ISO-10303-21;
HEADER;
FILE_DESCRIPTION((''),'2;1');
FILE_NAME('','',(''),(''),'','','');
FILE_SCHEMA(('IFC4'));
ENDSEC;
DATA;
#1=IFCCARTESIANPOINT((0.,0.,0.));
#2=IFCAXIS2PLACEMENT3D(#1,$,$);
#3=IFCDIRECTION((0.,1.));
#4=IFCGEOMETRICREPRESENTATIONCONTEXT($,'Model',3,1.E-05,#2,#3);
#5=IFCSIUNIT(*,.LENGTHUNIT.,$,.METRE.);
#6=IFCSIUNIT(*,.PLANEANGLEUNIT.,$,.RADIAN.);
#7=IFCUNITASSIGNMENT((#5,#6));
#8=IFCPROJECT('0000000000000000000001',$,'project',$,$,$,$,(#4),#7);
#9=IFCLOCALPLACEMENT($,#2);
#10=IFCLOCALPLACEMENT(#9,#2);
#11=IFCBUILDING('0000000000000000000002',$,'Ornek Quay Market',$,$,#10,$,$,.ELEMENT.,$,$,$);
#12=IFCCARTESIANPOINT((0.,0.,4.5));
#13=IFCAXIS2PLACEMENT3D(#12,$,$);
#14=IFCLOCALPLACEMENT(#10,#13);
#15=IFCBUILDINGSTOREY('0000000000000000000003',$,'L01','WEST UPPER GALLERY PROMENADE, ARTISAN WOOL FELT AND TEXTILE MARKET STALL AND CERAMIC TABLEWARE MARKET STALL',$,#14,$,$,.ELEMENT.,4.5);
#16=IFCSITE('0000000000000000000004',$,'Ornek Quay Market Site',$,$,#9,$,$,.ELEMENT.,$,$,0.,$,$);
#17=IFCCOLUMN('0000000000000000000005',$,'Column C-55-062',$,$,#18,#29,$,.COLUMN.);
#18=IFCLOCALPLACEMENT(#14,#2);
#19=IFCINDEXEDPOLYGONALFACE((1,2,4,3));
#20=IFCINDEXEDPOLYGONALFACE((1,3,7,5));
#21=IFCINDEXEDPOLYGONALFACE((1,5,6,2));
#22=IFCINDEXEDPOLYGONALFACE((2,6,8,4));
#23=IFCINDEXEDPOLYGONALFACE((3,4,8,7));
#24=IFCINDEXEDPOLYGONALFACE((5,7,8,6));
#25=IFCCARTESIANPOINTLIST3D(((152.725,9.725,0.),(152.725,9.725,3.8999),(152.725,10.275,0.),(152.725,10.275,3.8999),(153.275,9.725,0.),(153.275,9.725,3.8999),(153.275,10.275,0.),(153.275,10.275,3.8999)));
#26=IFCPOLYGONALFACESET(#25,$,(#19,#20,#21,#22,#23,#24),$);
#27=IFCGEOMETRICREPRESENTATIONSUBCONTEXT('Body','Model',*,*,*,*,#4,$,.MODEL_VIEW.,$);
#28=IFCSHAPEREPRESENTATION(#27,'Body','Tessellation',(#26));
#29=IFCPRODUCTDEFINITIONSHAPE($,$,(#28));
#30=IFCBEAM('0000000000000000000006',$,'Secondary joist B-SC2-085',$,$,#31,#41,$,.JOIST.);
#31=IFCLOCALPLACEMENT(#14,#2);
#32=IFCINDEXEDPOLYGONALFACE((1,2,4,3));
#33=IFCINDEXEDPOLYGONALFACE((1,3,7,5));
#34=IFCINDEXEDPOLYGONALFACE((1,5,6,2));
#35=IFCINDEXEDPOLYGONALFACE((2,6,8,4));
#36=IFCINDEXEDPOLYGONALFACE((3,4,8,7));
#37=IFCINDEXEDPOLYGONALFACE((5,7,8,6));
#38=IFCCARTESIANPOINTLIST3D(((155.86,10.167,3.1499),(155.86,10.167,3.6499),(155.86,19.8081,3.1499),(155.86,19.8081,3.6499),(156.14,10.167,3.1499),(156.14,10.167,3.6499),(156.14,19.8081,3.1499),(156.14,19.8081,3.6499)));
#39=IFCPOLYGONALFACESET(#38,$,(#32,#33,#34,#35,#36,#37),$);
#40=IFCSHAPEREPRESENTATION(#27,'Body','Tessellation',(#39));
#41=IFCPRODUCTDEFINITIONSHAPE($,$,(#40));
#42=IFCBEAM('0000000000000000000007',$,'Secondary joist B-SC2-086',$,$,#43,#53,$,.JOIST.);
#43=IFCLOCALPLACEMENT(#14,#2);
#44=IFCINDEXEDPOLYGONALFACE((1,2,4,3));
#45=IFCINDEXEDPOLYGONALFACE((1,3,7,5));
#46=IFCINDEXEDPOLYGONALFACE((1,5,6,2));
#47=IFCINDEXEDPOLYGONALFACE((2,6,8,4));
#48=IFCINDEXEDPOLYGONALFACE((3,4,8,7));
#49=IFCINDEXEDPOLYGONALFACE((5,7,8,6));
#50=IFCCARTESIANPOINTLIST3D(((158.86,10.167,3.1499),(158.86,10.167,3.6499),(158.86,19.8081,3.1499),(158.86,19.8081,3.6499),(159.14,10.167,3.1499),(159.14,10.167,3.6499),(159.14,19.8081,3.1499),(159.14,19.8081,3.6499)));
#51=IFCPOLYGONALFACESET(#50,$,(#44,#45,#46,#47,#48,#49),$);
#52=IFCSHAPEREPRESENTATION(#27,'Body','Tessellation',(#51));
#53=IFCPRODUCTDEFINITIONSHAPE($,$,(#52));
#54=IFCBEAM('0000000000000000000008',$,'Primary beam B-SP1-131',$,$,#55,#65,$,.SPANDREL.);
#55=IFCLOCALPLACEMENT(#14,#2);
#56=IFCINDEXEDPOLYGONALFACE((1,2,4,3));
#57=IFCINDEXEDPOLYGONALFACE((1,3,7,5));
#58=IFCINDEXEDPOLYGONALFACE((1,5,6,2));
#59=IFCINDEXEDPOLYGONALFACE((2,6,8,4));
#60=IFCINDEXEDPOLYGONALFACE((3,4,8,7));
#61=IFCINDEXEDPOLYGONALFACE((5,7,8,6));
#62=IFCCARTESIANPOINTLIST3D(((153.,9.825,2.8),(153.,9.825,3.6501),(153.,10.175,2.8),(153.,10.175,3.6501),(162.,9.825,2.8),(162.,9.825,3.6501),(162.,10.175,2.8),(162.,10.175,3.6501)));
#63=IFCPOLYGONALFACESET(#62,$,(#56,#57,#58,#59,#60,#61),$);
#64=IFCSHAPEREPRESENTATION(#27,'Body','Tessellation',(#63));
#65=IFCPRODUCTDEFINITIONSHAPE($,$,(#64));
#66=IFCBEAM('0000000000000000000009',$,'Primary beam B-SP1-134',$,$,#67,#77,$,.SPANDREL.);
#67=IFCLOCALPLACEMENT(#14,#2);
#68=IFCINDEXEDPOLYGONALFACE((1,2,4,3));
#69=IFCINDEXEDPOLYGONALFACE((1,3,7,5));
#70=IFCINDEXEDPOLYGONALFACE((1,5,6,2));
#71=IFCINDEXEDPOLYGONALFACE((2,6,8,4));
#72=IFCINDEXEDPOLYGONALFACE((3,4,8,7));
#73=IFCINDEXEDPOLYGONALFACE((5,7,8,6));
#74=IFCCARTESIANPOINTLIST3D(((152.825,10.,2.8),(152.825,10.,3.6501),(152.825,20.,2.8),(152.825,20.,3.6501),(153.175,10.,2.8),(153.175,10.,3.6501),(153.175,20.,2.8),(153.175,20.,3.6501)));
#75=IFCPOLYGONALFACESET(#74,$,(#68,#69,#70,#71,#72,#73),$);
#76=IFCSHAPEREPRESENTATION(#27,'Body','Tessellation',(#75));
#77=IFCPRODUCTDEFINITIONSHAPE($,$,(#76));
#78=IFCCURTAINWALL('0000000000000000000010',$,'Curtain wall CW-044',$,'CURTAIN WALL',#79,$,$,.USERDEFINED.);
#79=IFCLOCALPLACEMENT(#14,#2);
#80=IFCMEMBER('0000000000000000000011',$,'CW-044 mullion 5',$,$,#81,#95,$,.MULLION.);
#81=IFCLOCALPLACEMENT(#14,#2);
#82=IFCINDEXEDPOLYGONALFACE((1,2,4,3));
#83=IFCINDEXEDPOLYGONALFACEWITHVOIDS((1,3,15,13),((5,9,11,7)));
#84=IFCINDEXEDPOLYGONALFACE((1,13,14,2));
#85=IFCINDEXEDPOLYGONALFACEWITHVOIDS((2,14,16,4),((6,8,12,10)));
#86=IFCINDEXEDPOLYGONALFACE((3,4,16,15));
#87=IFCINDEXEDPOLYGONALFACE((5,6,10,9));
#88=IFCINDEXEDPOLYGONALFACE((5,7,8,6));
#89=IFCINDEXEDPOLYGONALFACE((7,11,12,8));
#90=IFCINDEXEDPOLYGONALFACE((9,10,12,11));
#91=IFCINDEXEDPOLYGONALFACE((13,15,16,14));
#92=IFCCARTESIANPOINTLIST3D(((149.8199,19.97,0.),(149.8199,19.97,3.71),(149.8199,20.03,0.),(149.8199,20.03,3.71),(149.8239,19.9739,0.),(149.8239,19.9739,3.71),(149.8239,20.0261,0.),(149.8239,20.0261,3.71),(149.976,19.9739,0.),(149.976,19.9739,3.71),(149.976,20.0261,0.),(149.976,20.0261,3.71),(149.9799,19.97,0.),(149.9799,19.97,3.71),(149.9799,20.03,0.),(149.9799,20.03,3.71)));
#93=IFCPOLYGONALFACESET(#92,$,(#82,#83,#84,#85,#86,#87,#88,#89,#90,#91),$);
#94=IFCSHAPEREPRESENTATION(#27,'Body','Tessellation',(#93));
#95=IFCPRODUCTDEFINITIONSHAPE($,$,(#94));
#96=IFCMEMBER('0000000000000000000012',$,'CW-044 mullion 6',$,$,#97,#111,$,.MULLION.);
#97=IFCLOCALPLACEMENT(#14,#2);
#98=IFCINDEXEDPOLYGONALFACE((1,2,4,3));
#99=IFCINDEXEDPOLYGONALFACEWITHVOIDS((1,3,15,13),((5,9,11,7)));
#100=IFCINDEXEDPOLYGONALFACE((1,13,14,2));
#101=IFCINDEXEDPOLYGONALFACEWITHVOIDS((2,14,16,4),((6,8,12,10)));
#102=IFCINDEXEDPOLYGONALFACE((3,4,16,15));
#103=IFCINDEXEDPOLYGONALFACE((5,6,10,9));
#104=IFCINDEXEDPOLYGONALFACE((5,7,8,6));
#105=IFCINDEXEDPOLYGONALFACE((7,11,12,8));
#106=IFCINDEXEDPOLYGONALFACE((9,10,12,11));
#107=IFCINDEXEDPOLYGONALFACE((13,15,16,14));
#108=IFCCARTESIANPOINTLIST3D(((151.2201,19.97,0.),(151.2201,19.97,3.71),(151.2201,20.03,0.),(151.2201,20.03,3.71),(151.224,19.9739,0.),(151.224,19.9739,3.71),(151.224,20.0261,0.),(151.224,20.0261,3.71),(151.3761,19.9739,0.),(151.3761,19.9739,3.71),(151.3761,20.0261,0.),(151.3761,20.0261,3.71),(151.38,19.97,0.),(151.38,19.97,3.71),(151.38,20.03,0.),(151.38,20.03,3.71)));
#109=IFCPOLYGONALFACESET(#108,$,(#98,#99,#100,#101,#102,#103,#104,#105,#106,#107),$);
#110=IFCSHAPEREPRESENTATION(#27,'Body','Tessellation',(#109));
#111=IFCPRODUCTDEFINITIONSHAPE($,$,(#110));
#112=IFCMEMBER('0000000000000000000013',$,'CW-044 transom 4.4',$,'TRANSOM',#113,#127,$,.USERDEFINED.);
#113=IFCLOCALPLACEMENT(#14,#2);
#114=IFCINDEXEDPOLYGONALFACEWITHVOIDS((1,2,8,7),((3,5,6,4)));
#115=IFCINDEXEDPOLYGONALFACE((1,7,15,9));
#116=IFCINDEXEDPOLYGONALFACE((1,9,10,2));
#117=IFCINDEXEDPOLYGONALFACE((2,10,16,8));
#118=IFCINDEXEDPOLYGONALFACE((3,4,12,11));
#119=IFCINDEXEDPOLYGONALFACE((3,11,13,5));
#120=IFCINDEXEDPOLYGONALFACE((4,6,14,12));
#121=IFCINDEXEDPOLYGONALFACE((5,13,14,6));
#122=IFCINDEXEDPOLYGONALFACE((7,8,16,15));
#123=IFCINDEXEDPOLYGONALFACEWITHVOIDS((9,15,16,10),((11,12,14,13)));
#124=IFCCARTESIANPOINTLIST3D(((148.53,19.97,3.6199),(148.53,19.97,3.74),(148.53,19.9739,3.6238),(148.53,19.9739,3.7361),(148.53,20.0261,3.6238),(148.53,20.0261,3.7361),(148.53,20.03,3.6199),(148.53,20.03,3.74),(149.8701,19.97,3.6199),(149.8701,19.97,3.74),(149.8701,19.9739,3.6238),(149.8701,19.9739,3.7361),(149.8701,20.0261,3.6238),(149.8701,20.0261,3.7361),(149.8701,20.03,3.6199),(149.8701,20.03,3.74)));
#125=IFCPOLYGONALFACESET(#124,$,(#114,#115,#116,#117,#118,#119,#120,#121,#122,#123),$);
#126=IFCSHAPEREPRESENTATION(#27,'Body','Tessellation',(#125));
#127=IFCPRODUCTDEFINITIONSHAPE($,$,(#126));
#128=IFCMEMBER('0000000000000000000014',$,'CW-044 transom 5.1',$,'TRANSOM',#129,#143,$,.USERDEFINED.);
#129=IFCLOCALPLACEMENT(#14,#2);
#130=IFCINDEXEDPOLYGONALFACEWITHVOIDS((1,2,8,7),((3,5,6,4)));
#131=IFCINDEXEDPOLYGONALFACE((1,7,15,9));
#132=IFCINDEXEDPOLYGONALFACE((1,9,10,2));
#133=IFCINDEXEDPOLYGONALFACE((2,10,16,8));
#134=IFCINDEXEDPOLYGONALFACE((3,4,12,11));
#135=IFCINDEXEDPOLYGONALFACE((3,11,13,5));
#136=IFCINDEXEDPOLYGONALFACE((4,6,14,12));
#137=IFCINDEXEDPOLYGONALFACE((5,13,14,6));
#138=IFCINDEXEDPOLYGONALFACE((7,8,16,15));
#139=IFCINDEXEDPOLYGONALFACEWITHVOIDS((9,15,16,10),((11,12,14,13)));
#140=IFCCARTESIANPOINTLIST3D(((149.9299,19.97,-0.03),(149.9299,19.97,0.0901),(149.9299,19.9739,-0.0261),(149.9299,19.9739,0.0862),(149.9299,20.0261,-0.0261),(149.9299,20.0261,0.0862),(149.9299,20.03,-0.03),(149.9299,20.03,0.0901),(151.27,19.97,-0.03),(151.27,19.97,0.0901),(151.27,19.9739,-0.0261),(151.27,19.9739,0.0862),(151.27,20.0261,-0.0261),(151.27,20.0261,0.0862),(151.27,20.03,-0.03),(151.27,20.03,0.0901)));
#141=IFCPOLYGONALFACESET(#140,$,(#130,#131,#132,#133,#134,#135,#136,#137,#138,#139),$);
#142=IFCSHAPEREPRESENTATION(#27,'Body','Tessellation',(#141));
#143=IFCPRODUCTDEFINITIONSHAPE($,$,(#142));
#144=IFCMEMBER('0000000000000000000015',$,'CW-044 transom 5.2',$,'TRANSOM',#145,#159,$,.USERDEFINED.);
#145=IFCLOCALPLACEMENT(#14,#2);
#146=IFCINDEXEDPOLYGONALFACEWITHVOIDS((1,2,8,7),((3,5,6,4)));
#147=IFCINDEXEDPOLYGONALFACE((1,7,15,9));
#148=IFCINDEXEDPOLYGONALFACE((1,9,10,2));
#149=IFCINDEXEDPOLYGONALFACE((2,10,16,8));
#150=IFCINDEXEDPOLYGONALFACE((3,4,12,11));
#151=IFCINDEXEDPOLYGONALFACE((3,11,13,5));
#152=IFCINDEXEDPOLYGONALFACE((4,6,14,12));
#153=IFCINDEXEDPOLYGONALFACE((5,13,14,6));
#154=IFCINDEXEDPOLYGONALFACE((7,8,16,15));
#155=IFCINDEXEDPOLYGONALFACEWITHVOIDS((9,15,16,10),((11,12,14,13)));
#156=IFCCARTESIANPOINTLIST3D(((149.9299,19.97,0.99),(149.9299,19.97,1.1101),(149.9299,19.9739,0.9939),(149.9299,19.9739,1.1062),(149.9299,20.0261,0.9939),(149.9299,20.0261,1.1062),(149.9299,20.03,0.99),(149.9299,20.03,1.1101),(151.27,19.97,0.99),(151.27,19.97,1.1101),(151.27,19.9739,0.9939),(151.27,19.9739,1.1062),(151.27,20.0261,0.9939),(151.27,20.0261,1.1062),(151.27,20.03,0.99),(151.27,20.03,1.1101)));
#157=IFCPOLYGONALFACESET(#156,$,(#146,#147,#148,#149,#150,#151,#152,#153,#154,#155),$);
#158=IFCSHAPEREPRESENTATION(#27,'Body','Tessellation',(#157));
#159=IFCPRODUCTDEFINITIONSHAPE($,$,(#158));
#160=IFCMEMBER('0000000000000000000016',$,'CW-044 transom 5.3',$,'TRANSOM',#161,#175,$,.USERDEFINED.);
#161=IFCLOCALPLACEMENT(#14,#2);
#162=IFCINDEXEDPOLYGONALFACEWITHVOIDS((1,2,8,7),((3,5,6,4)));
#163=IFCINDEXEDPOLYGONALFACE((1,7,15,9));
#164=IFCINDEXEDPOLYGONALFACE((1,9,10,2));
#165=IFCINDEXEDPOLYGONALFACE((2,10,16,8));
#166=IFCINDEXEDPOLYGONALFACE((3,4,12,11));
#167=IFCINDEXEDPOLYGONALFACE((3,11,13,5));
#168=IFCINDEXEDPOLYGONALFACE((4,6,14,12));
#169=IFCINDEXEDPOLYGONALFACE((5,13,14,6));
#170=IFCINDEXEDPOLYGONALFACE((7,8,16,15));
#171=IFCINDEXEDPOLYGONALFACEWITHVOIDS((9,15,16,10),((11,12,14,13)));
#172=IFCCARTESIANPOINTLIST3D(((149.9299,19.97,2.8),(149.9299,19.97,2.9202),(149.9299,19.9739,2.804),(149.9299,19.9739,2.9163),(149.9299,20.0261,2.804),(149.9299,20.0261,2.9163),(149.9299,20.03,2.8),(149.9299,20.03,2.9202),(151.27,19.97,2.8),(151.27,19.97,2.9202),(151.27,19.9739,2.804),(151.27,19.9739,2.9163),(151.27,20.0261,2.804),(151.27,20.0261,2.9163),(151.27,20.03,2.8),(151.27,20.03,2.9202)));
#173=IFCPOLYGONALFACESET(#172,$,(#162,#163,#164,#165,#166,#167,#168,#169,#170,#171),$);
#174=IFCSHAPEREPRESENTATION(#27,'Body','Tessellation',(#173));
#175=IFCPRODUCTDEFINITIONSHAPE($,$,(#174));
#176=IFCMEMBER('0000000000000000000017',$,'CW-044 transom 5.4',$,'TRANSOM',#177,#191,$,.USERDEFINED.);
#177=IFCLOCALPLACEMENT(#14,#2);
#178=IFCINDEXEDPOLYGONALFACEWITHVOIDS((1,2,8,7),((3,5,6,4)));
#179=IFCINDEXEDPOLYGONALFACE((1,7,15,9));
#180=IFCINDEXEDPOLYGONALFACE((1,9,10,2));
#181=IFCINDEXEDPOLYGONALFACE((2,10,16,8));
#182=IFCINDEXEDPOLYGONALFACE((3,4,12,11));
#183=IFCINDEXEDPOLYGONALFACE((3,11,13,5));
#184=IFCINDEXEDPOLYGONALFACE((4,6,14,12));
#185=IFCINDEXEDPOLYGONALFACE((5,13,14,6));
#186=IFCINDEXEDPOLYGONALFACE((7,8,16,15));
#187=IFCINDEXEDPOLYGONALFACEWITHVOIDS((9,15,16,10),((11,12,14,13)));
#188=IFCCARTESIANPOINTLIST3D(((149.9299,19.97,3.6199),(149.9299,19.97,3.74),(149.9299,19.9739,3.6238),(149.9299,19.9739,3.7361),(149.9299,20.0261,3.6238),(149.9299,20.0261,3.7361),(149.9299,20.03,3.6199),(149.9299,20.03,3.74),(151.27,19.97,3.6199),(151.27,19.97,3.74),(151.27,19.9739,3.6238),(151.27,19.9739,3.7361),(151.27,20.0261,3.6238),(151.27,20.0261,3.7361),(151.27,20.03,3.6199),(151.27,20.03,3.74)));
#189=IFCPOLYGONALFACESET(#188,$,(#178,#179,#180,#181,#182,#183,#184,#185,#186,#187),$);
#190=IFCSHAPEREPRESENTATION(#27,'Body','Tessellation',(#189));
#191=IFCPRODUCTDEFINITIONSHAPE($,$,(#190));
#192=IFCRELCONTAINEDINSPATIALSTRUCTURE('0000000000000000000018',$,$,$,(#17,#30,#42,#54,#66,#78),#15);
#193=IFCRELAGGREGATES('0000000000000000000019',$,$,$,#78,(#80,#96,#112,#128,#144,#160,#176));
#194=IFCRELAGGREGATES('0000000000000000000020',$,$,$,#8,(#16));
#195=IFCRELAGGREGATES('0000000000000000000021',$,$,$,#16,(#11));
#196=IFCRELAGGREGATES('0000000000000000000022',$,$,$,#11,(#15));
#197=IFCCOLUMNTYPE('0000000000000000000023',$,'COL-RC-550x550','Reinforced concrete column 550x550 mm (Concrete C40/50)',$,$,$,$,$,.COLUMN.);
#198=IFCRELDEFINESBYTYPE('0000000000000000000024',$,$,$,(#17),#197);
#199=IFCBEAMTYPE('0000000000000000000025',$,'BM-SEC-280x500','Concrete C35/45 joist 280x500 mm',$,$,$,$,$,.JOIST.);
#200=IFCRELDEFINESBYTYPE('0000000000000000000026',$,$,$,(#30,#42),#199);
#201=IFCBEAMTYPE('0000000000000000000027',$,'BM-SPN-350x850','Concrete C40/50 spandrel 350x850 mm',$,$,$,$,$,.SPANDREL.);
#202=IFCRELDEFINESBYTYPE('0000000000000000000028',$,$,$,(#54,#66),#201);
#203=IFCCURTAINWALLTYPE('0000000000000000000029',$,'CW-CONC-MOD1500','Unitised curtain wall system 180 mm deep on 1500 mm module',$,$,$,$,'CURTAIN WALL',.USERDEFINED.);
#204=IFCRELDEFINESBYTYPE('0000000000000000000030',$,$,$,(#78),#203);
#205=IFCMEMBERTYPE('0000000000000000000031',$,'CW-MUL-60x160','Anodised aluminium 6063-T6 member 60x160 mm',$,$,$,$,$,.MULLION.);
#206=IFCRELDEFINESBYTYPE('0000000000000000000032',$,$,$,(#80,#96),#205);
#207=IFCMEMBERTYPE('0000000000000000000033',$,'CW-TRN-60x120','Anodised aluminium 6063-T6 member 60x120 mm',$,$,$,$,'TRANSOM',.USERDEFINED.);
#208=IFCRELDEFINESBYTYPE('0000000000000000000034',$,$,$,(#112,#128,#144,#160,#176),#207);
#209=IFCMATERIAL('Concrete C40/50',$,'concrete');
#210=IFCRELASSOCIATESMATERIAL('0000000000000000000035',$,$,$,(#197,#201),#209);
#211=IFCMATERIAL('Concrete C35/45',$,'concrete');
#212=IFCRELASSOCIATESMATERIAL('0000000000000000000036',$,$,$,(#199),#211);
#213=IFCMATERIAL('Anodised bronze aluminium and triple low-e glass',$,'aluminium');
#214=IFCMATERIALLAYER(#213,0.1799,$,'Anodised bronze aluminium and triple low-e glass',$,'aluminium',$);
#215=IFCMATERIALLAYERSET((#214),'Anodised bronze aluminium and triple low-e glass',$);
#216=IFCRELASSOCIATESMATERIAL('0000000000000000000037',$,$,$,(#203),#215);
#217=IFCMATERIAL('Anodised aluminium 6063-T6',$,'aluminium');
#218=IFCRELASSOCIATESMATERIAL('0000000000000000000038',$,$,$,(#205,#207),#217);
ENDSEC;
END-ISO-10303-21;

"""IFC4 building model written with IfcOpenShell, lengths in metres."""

from ifc_helpers import new_model, si_unit, direction, frame, origin, origin_2d, place, context, subcontext, project, spatial, rectangle, hollow_rectangle, extrude, material, layer, layer_set, material_profile, profile_set, type_object, element, aggregate, save


model = new_model("IFC4")

# Units and contexts
model_context = context("Model", 3, precision=1e-05, world=origin(), true_north=direction((0.0, 1.0)))
body_context = subcontext(model_context, "Body", "Model", "MODEL_VIEW")
ifc_project = project(units=[si_unit("LENGTHUNIT", "METRE"), si_unit("PLANEANGLEUNIT", "RADIAN")], contexts=[model_context])

# Site, building, storey
site_placement = place(None, origin())
site = spatial("IfcSite", under=ifc_project, at=site_placement, Name="Ornek Quay Market Site", CompositionType="ELEMENT", RefElevation=0.0)
building_placement = place(site_placement, origin())
building = spatial("IfcBuilding", under=site, at=building_placement, Name="Ornek Quay Market", CompositionType="ELEMENT")
storey_placement = place(building_placement, frame((0.0, 0.0, 4.5)))
storey = spatial("IfcBuildingStorey", under=building, at=storey_placement, Name="L01", Description="WEST UPPER GALLERY PROMENADE, ARTISAN WOOL FELT AND TEXTILE MARKET STALL AND CERAMIC TABLEWARE MARKET STALL", CompositionType="ELEMENT", Elevation=4.5)

# Column
ifc_material_1 = material(Name="Concrete C40/50", Category="concrete")
ifc_material_profile_1 = material_profile(ifc_material_1, rectangle(XDim=0.55, YDim=0.55, at=origin_2d()), Name="RC 550x550", Category="concrete")
ifc_profile_set_1 = profile_set([ifc_material_profile_1], Name="Concrete C40/50")
column_type = type_object("IfcColumnType", Name="COL-RC-550x550", Description="Reinforced concrete column 550x550 mm (Concrete C40/50)", PredefinedType="COLUMN", material=ifc_profile_set_1)
column_placement = place(storey_placement, frame((153.0, 10.0, 0.0), z_axis=(0.0, 0.0, 1.0), x_axis=(1.0, 0.0, 0.0)))
element("IfcColumn", 1, at=column_placement, inside=storey, type_object=column_type, Name="Column C-55-062", PredefinedType="COLUMN", context=body_context, shape_type="SweptSolid", body=[
    extrude(rectangle(XDim=0.55, YDim=0.55, at=origin_2d()), origin(), (0.0, 0.0, 1.0), 3.8999),
])

# Beams
ifc_material_2 = material(Name="Concrete C35/45", Category="concrete")
ifc_material_profile_2 = material_profile(ifc_material_2, rectangle(XDim=0.28, YDim=0.5, at=origin_2d()), Name="RC 280x500", Category="concrete")
ifc_profile_set_2 = profile_set([ifc_material_profile_2], Name="Concrete C35/45")
beam_type_1 = type_object("IfcBeamType", Name="BM-SEC-280x500", Description="Concrete C35/45 joist 280x500 mm", PredefinedType="JOIST", material=ifc_profile_set_2)
for number, where, z_axis, x_axis, name in (
    (2, (156.0, 10.167, 3.3999), (0.0, 1.0, 0.0), (-1.0, 0.0, 0.0), "Secondary joist B-SC2-085"),
    (3, (159.0, 10.167, 3.3999), (0.0, 1.0, 0.0), (-1.0, 0.0, 0.0), "Secondary joist B-SC2-086"),
):
    element("IfcBeam", number, at=place(storey_placement, frame(where, z_axis=z_axis, x_axis=x_axis)), inside=storey, type_object=beam_type_1, Name=name, PredefinedType="JOIST", context=body_context, shape_type="SweptSolid", body=[
        extrude(rectangle(XDim=0.28, YDim=0.5, at=origin_2d()), origin(), (0.0, 0.0, 1.0), 9.6411),
    ])
ifc_material_profile_3 = material_profile(ifc_material_1, rectangle(XDim=0.3501, YDim=0.8501, at=origin_2d()), Name="RC 350x850", Category="concrete")
ifc_profile_set_3 = profile_set([ifc_material_profile_3], Name="Concrete C40/50")
beam_type_2 = type_object("IfcBeamType", Name="BM-SPN-350x850", Description="Concrete C40/50 spandrel 350x850 mm", PredefinedType="SPANDREL", material=ifc_profile_set_3)
beam_1_placement = place(storey_placement, frame((153.0, 10.0, 3.2251), z_axis=(1.0, 0.0, 0.0), x_axis=(0.0, 1.0, 0.0)))
element("IfcBeam", 4, at=beam_1_placement, inside=storey, type_object=beam_type_2, Name="Primary beam B-SP1-131", PredefinedType="SPANDREL", context=body_context, shape_type="SweptSolid", body=[
    extrude(rectangle(XDim=0.3501, YDim=0.8501, at=origin_2d()), origin(), (0.0, 0.0, 1.0), 9.0),
])
beam_2_placement = place(storey_placement, frame((153.0, 10.0, 3.2251), z_axis=(0.0, 1.0, 0.0), x_axis=(-1.0, 0.0, 0.0)))
element("IfcBeam", 5, at=beam_2_placement, inside=storey, type_object=beam_type_2, Name="Primary beam B-SP1-134", PredefinedType="SPANDREL", context=body_context, shape_type="SweptSolid", body=[
    extrude(rectangle(XDim=0.3501, YDim=0.8501, at=origin_2d()), origin(), (0.0, 0.0, 1.0), 10.0),
])

# Curtain wall, members
ifc_material_3 = material(Name="Anodised bronze aluminium and triple low-e glass", Category="aluminium")
ifc_layer_1 = layer(ifc_material_3, 0.1799, Name="Anodised bronze aluminium and triple low-e glass", Category="aluminium")
ifc_layer_set_1 = layer_set([ifc_layer_1], Name="Anodised bronze aluminium and triple low-e glass")
curtain_wall_type = type_object("IfcCurtainWallType", Name="CW-CONC-MOD1500", Description="Unitised curtain wall system 180 mm deep on 1500 mm module", ElementType="CURTAIN WALL", PredefinedType="USERDEFINED", material=ifc_layer_set_1)
curtain_wall_placement = place(storey_placement, origin())
curtain_wall = element("IfcCurtainWall", 6, at=curtain_wall_placement, inside=storey, type_object=curtain_wall_type, Name="Curtain wall CW-044", ObjectType="CURTAIN WALL", PredefinedType="USERDEFINED")
ifc_material_4 = material(Name="Anodised aluminium 6063-T6", Category="aluminium")
ifc_material_profile_4 = material_profile(ifc_material_4, hollow_rectangle(XDim=0.0601, YDim=0.1599, WallThickness=0.0039, at=origin_2d()), Name="CW-MUL-60x160", Category="aluminium")
ifc_profile_set_4 = profile_set([ifc_material_profile_4], Name="Anodised aluminium 6063-T6")
member_type_1 = type_object("IfcMemberType", Name="CW-MUL-60x160", Description="Anodised aluminium 6063-T6 member 60x160 mm", PredefinedType="MULLION", material=ifc_profile_set_4)
member_1_placement = place(storey_placement, frame((149.8999, 20.0, 0.0), z_axis=(0.0, 0.0, 1.0), x_axis=(0.0, 1.0, 0.0)))
member_1 = element("IfcMember", 7, at=member_1_placement, type_object=member_type_1, Name="CW-044 mullion 5", PredefinedType="MULLION", context=body_context, shape_type="SweptSolid", body=[
    extrude(hollow_rectangle(XDim=0.0601, YDim=0.1599, WallThickness=0.0039, at=origin_2d()), origin(), (0.0, 0.0, 1.0), 3.71),
])
member_2_placement = place(storey_placement, frame((151.3, 20.0, 0.0), z_axis=(0.0, 0.0, 1.0), x_axis=(0.0, 1.0, 0.0)))
member_2 = element("IfcMember", 8, at=member_2_placement, type_object=member_type_1, Name="CW-044 mullion 6", PredefinedType="MULLION", context=body_context, shape_type="SweptSolid", body=[
    extrude(hollow_rectangle(XDim=0.0601, YDim=0.1599, WallThickness=0.0039, at=origin_2d()), origin(), (0.0, 0.0, 1.0), 3.71),
])
ifc_material_profile_5 = material_profile(ifc_material_4, hollow_rectangle(XDim=0.0601, YDim=0.1201, WallThickness=0.0039, at=origin_2d()), Name="CW-TRN-60x120", Category="aluminium")
ifc_profile_set_5 = profile_set([ifc_material_profile_5], Name="Anodised aluminium 6063-T6")
member_type_2 = type_object("IfcMemberType", Name="CW-TRN-60x120", Description="Anodised aluminium 6063-T6 member 60x120 mm", ElementType="TRANSOM", PredefinedType="USERDEFINED", material=ifc_profile_set_5)
member_3_placement = place(storey_placement, frame((148.53, 20.0, 3.6799), z_axis=(1.0, 0.0, 0.0), x_axis=(0.0, 1.0, 0.0)))
member_3 = element("IfcMember", 9, at=member_3_placement, type_object=member_type_2, Name="CW-044 transom 4.4", ObjectType="TRANSOM", PredefinedType="USERDEFINED", context=body_context, shape_type="SweptSolid", body=[
    extrude(hollow_rectangle(XDim=0.0601, YDim=0.1201, WallThickness=0.0039, at=origin_2d()), origin(), (0.0, 0.0, 1.0), 1.3401),
])
member_4_placement = place(storey_placement, frame((149.9299, 20.0, 0.03), z_axis=(1.0, 0.0, 0.0), x_axis=(0.0, 1.0, 0.0)))
member_4 = element("IfcMember", 10, at=member_4_placement, type_object=member_type_2, Name="CW-044 transom 5.1", ObjectType="TRANSOM", PredefinedType="USERDEFINED", context=body_context, shape_type="SweptSolid", body=[
    extrude(hollow_rectangle(XDim=0.0601, YDim=0.1201, WallThickness=0.0039, at=origin_2d()), origin(), (0.0, 0.0, 1.0), 1.3401),
])
member_5_placement = place(storey_placement, frame((149.9299, 20.0, 1.05), z_axis=(1.0, 0.0, 0.0), x_axis=(0.0, 1.0, 0.0)))
member_5 = element("IfcMember", 11, at=member_5_placement, type_object=member_type_2, Name="CW-044 transom 5.2", ObjectType="TRANSOM", PredefinedType="USERDEFINED", context=body_context, shape_type="SweptSolid", body=[
    extrude(hollow_rectangle(XDim=0.0601, YDim=0.1201, WallThickness=0.0039, at=origin_2d()), origin(), (0.0, 0.0, 1.0), 1.3401),
])
member_6_placement = place(storey_placement, frame((149.9299, 20.0, 2.8601), z_axis=(1.0, 0.0, 0.0), x_axis=(0.0, 1.0, 0.0)))
member_6 = element("IfcMember", 12, at=member_6_placement, type_object=member_type_2, Name="CW-044 transom 5.3", ObjectType="TRANSOM", PredefinedType="USERDEFINED", context=body_context, shape_type="SweptSolid", body=[
    extrude(hollow_rectangle(XDim=0.0601, YDim=0.1201, WallThickness=0.0039, at=origin_2d()), origin(), (0.0, 0.0, 1.0), 1.3401),
])
member_7_placement = place(storey_placement, frame((149.9299, 20.0, 3.6799), z_axis=(1.0, 0.0, 0.0), x_axis=(0.0, 1.0, 0.0)))
member_7 = element("IfcMember", 13, at=member_7_placement, type_object=member_type_2, Name="CW-044 transom 5.4", ObjectType="TRANSOM", PredefinedType="USERDEFINED", context=body_context, shape_type="SweptSolid", body=[
    extrude(hollow_rectangle(XDim=0.0601, YDim=0.1201, WallThickness=0.0039, at=origin_2d()), origin(), (0.0, 0.0, 1.0), 1.3401),
])
aggregate(curtain_wall, [member_1, member_2, member_3, member_4, member_5, member_6, member_7])

save(model, "model.ifc")
